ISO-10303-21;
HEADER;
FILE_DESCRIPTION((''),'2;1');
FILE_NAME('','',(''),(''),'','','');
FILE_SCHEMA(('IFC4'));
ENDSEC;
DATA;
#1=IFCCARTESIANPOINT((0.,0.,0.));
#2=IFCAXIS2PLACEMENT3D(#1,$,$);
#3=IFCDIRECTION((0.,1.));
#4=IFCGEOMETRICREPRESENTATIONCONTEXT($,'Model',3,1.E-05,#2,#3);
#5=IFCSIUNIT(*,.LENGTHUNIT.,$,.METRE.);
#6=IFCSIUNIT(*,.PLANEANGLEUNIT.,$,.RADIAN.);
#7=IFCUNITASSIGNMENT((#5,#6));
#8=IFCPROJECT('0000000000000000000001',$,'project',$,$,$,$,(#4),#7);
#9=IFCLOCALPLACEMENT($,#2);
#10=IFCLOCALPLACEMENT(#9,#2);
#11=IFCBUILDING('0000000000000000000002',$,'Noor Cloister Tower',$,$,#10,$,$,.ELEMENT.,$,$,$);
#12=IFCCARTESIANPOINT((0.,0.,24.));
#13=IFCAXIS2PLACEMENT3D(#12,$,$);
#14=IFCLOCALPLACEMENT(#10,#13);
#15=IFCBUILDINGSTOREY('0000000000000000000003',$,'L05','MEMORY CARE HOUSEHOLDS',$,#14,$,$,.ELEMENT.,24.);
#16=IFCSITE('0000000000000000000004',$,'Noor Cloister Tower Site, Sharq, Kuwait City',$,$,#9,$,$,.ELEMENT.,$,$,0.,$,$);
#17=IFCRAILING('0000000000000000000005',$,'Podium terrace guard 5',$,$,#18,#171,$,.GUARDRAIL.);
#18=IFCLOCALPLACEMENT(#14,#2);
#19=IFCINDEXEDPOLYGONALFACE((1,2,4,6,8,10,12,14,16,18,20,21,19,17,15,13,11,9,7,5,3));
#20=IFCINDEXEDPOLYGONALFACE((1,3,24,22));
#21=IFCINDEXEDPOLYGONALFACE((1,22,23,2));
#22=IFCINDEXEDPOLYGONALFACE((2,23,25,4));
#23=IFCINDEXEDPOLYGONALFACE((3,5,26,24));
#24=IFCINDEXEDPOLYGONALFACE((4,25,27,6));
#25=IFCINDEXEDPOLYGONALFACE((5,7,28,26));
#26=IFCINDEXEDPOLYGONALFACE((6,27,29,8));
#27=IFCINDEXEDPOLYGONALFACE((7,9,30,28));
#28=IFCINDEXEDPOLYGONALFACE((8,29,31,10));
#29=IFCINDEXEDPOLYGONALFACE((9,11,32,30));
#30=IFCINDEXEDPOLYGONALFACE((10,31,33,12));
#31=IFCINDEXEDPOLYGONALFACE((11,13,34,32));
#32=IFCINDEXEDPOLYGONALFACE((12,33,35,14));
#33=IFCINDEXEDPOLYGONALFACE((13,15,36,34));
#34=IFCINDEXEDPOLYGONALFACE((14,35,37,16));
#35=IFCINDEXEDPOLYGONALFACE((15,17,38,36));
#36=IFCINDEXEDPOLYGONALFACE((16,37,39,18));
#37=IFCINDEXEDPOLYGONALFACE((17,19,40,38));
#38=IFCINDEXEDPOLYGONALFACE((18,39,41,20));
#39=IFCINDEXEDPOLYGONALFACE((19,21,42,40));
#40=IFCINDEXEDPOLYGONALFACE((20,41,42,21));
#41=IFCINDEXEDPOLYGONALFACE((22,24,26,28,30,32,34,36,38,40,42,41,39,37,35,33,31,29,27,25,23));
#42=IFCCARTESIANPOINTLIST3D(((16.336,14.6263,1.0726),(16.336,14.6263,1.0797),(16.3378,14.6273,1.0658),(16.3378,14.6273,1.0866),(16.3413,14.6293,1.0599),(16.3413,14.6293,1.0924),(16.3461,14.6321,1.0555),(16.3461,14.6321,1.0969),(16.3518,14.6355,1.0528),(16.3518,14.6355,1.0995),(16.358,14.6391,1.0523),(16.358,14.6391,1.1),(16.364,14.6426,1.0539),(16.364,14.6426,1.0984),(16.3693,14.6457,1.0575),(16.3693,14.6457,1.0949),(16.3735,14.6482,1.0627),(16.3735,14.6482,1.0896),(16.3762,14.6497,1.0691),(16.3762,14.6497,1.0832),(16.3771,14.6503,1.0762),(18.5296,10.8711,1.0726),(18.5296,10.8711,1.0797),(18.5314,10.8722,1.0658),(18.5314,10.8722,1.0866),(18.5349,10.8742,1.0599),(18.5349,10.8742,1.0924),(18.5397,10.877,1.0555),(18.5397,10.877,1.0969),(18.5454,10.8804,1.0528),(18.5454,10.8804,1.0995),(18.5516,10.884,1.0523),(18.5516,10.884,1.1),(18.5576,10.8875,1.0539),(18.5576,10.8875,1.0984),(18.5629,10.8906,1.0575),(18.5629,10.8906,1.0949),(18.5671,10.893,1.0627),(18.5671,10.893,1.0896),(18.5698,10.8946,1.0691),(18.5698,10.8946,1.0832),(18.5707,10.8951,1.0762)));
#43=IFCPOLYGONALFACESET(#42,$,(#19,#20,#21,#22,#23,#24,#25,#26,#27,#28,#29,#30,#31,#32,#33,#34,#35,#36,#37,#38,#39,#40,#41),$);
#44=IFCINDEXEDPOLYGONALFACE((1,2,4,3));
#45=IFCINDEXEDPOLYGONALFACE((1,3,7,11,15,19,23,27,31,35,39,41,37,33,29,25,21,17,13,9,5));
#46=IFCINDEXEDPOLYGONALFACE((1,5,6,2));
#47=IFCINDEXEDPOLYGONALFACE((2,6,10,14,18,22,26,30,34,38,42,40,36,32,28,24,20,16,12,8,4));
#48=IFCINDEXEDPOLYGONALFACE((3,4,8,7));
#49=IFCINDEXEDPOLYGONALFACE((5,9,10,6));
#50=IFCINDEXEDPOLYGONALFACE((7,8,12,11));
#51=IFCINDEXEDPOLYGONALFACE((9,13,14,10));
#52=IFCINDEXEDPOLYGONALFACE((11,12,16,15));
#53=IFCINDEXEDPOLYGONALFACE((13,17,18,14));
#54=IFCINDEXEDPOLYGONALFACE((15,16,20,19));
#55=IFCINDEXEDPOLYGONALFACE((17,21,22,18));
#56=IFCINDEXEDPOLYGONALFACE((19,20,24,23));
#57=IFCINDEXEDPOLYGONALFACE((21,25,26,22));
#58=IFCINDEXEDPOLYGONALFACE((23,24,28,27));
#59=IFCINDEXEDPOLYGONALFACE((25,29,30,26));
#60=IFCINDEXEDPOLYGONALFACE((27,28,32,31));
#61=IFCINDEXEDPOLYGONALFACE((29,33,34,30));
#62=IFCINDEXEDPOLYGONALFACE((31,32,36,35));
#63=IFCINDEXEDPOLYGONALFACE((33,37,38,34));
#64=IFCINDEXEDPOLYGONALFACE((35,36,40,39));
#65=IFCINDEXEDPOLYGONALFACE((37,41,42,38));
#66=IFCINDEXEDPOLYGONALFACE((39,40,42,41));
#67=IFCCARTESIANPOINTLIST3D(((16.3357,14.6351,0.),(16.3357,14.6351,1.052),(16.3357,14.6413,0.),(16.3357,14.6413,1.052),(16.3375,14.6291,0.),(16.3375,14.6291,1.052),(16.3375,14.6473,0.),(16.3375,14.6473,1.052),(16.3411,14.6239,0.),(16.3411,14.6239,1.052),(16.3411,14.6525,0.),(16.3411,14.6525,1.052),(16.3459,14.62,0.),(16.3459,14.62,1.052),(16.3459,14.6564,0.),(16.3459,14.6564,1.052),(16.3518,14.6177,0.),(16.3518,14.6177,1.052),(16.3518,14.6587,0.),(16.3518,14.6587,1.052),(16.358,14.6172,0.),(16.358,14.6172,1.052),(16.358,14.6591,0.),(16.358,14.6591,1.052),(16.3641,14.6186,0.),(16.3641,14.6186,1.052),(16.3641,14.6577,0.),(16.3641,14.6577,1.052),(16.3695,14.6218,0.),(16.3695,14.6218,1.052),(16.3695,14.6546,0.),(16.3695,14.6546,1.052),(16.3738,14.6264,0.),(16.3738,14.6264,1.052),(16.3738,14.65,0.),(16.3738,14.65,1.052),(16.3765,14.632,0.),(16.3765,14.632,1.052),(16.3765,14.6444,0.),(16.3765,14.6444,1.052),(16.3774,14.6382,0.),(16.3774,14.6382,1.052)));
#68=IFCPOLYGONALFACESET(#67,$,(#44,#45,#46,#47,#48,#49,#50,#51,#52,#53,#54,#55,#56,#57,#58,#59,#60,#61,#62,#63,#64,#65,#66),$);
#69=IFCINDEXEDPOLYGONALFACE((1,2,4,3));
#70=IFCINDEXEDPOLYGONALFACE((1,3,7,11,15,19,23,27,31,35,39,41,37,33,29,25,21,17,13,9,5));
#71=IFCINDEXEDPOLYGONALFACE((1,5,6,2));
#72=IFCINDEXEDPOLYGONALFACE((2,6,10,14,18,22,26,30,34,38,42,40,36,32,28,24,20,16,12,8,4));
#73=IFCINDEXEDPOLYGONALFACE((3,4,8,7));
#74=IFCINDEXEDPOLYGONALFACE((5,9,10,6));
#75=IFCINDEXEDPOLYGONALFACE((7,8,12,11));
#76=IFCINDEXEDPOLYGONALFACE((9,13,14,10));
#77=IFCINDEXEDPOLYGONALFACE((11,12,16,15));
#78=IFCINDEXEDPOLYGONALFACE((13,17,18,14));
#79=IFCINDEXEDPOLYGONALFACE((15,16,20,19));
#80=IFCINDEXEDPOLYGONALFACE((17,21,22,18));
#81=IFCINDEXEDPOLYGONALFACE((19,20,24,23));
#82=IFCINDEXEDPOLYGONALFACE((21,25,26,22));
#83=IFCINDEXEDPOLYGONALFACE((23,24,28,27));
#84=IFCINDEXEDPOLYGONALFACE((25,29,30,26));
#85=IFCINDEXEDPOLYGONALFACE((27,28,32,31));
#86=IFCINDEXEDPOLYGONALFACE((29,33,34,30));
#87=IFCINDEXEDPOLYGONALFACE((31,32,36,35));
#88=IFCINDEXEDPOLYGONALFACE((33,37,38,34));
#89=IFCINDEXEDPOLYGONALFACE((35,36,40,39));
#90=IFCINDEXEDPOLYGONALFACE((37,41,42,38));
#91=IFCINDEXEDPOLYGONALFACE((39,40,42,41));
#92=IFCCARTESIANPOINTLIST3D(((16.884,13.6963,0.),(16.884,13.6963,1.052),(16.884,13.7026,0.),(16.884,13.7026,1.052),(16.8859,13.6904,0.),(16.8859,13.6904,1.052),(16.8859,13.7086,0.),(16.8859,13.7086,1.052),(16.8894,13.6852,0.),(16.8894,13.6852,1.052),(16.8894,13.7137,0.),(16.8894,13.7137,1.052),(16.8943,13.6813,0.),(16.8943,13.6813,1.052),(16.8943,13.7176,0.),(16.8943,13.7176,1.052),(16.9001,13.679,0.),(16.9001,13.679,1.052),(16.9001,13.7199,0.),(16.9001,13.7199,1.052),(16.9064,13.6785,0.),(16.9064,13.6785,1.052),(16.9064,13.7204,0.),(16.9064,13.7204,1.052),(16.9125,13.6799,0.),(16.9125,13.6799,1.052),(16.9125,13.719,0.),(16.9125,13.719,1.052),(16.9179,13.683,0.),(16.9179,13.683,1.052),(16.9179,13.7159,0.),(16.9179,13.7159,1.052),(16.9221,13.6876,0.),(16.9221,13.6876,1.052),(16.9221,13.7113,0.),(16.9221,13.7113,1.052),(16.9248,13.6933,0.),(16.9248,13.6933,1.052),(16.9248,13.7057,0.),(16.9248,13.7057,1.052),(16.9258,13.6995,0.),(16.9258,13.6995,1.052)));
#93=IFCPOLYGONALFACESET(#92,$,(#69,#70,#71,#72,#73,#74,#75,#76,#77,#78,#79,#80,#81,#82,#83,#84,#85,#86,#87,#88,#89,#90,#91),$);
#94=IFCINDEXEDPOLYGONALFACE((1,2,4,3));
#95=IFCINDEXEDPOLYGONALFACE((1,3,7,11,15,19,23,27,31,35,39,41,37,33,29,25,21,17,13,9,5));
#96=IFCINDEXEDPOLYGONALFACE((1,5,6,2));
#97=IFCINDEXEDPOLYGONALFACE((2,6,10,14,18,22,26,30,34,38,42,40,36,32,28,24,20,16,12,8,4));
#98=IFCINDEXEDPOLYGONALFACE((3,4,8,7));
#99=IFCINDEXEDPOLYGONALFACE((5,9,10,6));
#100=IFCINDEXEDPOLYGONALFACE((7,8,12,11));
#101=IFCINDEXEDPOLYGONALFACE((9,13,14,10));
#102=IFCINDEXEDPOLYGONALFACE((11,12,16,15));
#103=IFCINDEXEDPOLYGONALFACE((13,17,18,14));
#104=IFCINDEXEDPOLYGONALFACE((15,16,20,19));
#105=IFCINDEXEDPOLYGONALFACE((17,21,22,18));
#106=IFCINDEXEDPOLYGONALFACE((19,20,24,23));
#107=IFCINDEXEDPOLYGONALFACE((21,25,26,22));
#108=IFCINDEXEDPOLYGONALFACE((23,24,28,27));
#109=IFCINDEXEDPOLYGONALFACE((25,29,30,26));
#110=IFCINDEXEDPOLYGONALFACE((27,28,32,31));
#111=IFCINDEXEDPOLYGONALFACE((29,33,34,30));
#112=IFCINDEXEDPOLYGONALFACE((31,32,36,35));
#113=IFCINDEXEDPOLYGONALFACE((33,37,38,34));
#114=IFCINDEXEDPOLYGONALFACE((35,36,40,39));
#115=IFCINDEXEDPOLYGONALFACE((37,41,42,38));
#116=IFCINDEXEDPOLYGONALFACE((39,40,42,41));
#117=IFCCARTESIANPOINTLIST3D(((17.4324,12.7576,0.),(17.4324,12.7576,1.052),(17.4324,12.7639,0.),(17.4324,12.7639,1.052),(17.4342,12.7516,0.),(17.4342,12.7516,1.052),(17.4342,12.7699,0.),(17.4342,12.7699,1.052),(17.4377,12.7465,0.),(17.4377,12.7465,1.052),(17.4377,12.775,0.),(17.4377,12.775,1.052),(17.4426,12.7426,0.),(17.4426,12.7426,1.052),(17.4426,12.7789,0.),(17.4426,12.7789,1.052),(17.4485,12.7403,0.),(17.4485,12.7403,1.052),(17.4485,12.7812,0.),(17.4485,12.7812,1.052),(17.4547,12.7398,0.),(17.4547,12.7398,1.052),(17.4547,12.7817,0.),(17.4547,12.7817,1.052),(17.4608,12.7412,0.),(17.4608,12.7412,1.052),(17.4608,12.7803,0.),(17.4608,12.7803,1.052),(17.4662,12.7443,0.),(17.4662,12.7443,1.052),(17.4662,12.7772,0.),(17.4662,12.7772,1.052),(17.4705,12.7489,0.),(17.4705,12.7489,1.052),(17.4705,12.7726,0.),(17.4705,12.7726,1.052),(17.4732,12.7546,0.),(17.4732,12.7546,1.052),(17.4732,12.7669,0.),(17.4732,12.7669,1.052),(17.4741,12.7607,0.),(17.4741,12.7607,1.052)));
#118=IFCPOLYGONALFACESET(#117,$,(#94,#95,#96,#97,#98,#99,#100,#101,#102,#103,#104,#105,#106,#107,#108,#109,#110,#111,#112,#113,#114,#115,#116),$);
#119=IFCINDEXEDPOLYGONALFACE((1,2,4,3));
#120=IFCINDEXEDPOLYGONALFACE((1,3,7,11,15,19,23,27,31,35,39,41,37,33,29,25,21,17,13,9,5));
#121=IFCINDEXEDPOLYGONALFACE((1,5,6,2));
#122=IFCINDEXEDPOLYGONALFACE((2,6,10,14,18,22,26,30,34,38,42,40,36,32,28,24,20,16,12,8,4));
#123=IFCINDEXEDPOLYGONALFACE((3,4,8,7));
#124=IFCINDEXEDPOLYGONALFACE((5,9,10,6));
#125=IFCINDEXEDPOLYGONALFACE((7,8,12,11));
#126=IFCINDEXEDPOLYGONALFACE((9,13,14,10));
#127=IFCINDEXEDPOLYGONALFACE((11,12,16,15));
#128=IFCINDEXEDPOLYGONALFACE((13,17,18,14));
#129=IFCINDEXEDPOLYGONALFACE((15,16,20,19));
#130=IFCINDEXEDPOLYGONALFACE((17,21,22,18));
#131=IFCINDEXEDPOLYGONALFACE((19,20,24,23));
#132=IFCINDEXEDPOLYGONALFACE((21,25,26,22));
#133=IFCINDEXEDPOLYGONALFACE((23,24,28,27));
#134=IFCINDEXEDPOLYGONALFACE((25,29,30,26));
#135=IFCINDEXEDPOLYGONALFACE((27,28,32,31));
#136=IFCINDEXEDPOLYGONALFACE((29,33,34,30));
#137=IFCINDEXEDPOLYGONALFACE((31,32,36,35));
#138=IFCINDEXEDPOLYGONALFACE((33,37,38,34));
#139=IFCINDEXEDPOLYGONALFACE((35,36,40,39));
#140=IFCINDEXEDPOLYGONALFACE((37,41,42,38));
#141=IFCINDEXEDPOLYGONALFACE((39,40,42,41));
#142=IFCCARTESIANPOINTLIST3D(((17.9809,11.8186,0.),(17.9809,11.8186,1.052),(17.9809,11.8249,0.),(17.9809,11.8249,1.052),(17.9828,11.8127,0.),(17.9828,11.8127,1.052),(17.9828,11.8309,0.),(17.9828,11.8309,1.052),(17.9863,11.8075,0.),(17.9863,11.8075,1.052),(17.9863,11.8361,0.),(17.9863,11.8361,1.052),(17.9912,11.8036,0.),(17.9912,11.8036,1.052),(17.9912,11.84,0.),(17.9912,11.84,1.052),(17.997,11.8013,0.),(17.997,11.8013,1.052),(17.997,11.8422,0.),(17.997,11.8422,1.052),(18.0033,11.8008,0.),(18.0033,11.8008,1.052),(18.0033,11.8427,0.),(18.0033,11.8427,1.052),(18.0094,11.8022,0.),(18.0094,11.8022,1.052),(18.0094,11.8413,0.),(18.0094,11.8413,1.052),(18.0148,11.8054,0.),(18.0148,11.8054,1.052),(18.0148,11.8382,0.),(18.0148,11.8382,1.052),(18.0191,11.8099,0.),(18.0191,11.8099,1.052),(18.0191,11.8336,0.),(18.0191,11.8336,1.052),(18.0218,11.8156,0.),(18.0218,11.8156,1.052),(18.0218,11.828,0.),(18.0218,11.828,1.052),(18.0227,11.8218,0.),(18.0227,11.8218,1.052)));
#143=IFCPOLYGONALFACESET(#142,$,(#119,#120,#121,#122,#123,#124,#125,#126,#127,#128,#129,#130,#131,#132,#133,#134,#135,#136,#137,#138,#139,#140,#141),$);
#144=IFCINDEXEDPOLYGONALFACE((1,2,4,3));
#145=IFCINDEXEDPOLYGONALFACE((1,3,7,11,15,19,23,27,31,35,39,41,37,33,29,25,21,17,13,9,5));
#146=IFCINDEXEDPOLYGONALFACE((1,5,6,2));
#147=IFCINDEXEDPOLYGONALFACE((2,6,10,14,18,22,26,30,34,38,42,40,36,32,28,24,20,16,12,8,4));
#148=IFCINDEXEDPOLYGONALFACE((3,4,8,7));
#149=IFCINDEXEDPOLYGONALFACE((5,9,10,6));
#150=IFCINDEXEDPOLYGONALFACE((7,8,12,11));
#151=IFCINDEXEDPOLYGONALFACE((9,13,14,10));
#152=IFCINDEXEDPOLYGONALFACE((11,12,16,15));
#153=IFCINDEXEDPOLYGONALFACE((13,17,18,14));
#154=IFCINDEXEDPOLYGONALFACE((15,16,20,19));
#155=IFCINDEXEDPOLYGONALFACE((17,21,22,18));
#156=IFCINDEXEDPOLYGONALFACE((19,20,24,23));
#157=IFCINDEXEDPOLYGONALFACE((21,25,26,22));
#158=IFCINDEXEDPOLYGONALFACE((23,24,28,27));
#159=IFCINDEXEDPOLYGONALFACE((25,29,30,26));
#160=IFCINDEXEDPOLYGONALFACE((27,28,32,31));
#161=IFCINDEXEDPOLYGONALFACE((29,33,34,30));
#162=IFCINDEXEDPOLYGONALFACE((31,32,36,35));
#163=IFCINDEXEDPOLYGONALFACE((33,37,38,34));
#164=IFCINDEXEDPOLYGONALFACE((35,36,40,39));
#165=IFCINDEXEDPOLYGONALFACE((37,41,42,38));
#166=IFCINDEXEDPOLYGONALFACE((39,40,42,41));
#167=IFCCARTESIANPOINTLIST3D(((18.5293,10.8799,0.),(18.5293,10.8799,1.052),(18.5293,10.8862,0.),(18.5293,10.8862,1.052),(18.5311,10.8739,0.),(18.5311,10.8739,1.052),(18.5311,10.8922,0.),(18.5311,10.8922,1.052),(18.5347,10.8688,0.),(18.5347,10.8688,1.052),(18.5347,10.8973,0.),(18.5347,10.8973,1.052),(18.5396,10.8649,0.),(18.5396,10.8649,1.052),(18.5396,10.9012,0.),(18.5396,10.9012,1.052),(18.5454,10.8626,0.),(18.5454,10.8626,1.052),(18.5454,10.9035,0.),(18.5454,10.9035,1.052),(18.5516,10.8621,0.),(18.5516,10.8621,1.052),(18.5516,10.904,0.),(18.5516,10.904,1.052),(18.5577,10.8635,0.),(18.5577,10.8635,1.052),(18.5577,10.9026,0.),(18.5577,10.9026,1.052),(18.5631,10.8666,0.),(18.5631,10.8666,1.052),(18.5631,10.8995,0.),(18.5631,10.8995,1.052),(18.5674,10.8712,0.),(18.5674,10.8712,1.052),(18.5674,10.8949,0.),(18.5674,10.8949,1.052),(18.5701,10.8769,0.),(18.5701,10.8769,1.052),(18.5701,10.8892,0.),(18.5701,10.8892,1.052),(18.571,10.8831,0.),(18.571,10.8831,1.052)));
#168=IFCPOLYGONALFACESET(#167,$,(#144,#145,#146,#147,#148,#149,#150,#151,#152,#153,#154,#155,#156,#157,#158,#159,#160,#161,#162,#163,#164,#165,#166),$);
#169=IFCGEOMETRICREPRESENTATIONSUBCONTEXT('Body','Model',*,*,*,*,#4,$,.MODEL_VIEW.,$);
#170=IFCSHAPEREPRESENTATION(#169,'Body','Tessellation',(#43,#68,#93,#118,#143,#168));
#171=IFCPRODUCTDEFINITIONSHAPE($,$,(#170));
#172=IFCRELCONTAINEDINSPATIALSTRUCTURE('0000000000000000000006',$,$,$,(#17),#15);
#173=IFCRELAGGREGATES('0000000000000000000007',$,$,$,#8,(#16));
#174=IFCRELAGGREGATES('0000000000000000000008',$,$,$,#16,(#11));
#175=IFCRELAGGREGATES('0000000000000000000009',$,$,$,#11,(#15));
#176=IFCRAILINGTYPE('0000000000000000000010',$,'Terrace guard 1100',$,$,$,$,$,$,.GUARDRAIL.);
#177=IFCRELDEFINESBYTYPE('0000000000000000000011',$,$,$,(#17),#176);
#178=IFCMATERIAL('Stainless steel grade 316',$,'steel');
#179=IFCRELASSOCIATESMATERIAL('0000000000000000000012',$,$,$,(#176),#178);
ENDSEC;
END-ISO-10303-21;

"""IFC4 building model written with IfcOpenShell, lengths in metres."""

from ifc_helpers import new_model, si_unit, direction, frame, origin, origin_2d, place, context, subcontext, project, spatial, circle, extrude, material, type_object, element, save


model = new_model("IFC4")

# Units and contexts
model_context = context("Model", 3, precision=1e-05, world=origin(), true_north=direction((0.0, 1.0)))
body_context = subcontext(model_context, "Body", "Model", "MODEL_VIEW")
ifc_project = project(units=[si_unit("LENGTHUNIT", "METRE"), si_unit("PLANEANGLEUNIT", "RADIAN")], contexts=[model_context])

# Site, building, storey
site_placement = place(None, origin())
site = spatial("IfcSite", under=ifc_project, at=site_placement, Name="Noor Cloister Tower Site, Sharq, Kuwait City", CompositionType="ELEMENT", RefElevation=0.0)
building_placement = place(site_placement, origin())
building = spatial("IfcBuilding", under=site, at=building_placement, Name="Noor Cloister Tower", CompositionType="ELEMENT")
storey_placement = place(building_placement, frame((0.0, 0.0, 24.0)))
storey = spatial("IfcBuildingStorey", under=building, at=storey_placement, Name="L05", Description="MEMORY CARE HOUSEHOLDS", CompositionType="ELEMENT", Elevation=24.0)

# Railing
ifc_material_1 = material(Name="Stainless steel grade 316", Category="steel")
railing_type_1 = type_object("IfcRailingType", Name="Terrace guard 1100", PredefinedType="GUARDRAIL", material=ifc_material_1)
railing_1_placement = place(storey_placement, frame((16.3564, 14.6382, 0.0)))
element("IfcRailing", 1, at=railing_1_placement, inside=storey, type_object=railing_type_1, Name="Podium terrace guard 5", PredefinedType="GUARDRAIL", context=body_context, shape_type="SweptSolid", body=[
    extrude(circle(Radius=0.0239, at=origin_2d()), frame((0.0, 0.0, 1.0762), z_axis=(0.504405, -0.863467, 0.0), x_axis=(0.863467, 0.504405, 0.0)), (0.0, 0.0, 1.0), 4.3489),
    extrude(circle(Radius=0.021, at=origin_2d()), origin(), (0.0, 0.0, 1.0), 1.052),
    extrude(circle(Radius=0.021, at=origin_2d()), frame((0.5483, -0.9387, 0.0)), (0.0, 0.0, 1.0), 1.052),
    extrude(circle(Radius=0.021, at=origin_2d()), frame((1.0967, -1.8774, 0.0)), (0.0, 0.0, 1.0), 1.052),
    extrude(circle(Radius=0.021, at=origin_2d()), frame((1.6453, -2.8164, 0.0)), (0.0, 0.0, 1.0), 1.052),
    extrude(circle(Radius=0.021, at=origin_2d()), frame((2.1936, -3.7551, 0.0)), (0.0, 0.0, 1.0), 1.052),
])

save(model, "model.ifc")
